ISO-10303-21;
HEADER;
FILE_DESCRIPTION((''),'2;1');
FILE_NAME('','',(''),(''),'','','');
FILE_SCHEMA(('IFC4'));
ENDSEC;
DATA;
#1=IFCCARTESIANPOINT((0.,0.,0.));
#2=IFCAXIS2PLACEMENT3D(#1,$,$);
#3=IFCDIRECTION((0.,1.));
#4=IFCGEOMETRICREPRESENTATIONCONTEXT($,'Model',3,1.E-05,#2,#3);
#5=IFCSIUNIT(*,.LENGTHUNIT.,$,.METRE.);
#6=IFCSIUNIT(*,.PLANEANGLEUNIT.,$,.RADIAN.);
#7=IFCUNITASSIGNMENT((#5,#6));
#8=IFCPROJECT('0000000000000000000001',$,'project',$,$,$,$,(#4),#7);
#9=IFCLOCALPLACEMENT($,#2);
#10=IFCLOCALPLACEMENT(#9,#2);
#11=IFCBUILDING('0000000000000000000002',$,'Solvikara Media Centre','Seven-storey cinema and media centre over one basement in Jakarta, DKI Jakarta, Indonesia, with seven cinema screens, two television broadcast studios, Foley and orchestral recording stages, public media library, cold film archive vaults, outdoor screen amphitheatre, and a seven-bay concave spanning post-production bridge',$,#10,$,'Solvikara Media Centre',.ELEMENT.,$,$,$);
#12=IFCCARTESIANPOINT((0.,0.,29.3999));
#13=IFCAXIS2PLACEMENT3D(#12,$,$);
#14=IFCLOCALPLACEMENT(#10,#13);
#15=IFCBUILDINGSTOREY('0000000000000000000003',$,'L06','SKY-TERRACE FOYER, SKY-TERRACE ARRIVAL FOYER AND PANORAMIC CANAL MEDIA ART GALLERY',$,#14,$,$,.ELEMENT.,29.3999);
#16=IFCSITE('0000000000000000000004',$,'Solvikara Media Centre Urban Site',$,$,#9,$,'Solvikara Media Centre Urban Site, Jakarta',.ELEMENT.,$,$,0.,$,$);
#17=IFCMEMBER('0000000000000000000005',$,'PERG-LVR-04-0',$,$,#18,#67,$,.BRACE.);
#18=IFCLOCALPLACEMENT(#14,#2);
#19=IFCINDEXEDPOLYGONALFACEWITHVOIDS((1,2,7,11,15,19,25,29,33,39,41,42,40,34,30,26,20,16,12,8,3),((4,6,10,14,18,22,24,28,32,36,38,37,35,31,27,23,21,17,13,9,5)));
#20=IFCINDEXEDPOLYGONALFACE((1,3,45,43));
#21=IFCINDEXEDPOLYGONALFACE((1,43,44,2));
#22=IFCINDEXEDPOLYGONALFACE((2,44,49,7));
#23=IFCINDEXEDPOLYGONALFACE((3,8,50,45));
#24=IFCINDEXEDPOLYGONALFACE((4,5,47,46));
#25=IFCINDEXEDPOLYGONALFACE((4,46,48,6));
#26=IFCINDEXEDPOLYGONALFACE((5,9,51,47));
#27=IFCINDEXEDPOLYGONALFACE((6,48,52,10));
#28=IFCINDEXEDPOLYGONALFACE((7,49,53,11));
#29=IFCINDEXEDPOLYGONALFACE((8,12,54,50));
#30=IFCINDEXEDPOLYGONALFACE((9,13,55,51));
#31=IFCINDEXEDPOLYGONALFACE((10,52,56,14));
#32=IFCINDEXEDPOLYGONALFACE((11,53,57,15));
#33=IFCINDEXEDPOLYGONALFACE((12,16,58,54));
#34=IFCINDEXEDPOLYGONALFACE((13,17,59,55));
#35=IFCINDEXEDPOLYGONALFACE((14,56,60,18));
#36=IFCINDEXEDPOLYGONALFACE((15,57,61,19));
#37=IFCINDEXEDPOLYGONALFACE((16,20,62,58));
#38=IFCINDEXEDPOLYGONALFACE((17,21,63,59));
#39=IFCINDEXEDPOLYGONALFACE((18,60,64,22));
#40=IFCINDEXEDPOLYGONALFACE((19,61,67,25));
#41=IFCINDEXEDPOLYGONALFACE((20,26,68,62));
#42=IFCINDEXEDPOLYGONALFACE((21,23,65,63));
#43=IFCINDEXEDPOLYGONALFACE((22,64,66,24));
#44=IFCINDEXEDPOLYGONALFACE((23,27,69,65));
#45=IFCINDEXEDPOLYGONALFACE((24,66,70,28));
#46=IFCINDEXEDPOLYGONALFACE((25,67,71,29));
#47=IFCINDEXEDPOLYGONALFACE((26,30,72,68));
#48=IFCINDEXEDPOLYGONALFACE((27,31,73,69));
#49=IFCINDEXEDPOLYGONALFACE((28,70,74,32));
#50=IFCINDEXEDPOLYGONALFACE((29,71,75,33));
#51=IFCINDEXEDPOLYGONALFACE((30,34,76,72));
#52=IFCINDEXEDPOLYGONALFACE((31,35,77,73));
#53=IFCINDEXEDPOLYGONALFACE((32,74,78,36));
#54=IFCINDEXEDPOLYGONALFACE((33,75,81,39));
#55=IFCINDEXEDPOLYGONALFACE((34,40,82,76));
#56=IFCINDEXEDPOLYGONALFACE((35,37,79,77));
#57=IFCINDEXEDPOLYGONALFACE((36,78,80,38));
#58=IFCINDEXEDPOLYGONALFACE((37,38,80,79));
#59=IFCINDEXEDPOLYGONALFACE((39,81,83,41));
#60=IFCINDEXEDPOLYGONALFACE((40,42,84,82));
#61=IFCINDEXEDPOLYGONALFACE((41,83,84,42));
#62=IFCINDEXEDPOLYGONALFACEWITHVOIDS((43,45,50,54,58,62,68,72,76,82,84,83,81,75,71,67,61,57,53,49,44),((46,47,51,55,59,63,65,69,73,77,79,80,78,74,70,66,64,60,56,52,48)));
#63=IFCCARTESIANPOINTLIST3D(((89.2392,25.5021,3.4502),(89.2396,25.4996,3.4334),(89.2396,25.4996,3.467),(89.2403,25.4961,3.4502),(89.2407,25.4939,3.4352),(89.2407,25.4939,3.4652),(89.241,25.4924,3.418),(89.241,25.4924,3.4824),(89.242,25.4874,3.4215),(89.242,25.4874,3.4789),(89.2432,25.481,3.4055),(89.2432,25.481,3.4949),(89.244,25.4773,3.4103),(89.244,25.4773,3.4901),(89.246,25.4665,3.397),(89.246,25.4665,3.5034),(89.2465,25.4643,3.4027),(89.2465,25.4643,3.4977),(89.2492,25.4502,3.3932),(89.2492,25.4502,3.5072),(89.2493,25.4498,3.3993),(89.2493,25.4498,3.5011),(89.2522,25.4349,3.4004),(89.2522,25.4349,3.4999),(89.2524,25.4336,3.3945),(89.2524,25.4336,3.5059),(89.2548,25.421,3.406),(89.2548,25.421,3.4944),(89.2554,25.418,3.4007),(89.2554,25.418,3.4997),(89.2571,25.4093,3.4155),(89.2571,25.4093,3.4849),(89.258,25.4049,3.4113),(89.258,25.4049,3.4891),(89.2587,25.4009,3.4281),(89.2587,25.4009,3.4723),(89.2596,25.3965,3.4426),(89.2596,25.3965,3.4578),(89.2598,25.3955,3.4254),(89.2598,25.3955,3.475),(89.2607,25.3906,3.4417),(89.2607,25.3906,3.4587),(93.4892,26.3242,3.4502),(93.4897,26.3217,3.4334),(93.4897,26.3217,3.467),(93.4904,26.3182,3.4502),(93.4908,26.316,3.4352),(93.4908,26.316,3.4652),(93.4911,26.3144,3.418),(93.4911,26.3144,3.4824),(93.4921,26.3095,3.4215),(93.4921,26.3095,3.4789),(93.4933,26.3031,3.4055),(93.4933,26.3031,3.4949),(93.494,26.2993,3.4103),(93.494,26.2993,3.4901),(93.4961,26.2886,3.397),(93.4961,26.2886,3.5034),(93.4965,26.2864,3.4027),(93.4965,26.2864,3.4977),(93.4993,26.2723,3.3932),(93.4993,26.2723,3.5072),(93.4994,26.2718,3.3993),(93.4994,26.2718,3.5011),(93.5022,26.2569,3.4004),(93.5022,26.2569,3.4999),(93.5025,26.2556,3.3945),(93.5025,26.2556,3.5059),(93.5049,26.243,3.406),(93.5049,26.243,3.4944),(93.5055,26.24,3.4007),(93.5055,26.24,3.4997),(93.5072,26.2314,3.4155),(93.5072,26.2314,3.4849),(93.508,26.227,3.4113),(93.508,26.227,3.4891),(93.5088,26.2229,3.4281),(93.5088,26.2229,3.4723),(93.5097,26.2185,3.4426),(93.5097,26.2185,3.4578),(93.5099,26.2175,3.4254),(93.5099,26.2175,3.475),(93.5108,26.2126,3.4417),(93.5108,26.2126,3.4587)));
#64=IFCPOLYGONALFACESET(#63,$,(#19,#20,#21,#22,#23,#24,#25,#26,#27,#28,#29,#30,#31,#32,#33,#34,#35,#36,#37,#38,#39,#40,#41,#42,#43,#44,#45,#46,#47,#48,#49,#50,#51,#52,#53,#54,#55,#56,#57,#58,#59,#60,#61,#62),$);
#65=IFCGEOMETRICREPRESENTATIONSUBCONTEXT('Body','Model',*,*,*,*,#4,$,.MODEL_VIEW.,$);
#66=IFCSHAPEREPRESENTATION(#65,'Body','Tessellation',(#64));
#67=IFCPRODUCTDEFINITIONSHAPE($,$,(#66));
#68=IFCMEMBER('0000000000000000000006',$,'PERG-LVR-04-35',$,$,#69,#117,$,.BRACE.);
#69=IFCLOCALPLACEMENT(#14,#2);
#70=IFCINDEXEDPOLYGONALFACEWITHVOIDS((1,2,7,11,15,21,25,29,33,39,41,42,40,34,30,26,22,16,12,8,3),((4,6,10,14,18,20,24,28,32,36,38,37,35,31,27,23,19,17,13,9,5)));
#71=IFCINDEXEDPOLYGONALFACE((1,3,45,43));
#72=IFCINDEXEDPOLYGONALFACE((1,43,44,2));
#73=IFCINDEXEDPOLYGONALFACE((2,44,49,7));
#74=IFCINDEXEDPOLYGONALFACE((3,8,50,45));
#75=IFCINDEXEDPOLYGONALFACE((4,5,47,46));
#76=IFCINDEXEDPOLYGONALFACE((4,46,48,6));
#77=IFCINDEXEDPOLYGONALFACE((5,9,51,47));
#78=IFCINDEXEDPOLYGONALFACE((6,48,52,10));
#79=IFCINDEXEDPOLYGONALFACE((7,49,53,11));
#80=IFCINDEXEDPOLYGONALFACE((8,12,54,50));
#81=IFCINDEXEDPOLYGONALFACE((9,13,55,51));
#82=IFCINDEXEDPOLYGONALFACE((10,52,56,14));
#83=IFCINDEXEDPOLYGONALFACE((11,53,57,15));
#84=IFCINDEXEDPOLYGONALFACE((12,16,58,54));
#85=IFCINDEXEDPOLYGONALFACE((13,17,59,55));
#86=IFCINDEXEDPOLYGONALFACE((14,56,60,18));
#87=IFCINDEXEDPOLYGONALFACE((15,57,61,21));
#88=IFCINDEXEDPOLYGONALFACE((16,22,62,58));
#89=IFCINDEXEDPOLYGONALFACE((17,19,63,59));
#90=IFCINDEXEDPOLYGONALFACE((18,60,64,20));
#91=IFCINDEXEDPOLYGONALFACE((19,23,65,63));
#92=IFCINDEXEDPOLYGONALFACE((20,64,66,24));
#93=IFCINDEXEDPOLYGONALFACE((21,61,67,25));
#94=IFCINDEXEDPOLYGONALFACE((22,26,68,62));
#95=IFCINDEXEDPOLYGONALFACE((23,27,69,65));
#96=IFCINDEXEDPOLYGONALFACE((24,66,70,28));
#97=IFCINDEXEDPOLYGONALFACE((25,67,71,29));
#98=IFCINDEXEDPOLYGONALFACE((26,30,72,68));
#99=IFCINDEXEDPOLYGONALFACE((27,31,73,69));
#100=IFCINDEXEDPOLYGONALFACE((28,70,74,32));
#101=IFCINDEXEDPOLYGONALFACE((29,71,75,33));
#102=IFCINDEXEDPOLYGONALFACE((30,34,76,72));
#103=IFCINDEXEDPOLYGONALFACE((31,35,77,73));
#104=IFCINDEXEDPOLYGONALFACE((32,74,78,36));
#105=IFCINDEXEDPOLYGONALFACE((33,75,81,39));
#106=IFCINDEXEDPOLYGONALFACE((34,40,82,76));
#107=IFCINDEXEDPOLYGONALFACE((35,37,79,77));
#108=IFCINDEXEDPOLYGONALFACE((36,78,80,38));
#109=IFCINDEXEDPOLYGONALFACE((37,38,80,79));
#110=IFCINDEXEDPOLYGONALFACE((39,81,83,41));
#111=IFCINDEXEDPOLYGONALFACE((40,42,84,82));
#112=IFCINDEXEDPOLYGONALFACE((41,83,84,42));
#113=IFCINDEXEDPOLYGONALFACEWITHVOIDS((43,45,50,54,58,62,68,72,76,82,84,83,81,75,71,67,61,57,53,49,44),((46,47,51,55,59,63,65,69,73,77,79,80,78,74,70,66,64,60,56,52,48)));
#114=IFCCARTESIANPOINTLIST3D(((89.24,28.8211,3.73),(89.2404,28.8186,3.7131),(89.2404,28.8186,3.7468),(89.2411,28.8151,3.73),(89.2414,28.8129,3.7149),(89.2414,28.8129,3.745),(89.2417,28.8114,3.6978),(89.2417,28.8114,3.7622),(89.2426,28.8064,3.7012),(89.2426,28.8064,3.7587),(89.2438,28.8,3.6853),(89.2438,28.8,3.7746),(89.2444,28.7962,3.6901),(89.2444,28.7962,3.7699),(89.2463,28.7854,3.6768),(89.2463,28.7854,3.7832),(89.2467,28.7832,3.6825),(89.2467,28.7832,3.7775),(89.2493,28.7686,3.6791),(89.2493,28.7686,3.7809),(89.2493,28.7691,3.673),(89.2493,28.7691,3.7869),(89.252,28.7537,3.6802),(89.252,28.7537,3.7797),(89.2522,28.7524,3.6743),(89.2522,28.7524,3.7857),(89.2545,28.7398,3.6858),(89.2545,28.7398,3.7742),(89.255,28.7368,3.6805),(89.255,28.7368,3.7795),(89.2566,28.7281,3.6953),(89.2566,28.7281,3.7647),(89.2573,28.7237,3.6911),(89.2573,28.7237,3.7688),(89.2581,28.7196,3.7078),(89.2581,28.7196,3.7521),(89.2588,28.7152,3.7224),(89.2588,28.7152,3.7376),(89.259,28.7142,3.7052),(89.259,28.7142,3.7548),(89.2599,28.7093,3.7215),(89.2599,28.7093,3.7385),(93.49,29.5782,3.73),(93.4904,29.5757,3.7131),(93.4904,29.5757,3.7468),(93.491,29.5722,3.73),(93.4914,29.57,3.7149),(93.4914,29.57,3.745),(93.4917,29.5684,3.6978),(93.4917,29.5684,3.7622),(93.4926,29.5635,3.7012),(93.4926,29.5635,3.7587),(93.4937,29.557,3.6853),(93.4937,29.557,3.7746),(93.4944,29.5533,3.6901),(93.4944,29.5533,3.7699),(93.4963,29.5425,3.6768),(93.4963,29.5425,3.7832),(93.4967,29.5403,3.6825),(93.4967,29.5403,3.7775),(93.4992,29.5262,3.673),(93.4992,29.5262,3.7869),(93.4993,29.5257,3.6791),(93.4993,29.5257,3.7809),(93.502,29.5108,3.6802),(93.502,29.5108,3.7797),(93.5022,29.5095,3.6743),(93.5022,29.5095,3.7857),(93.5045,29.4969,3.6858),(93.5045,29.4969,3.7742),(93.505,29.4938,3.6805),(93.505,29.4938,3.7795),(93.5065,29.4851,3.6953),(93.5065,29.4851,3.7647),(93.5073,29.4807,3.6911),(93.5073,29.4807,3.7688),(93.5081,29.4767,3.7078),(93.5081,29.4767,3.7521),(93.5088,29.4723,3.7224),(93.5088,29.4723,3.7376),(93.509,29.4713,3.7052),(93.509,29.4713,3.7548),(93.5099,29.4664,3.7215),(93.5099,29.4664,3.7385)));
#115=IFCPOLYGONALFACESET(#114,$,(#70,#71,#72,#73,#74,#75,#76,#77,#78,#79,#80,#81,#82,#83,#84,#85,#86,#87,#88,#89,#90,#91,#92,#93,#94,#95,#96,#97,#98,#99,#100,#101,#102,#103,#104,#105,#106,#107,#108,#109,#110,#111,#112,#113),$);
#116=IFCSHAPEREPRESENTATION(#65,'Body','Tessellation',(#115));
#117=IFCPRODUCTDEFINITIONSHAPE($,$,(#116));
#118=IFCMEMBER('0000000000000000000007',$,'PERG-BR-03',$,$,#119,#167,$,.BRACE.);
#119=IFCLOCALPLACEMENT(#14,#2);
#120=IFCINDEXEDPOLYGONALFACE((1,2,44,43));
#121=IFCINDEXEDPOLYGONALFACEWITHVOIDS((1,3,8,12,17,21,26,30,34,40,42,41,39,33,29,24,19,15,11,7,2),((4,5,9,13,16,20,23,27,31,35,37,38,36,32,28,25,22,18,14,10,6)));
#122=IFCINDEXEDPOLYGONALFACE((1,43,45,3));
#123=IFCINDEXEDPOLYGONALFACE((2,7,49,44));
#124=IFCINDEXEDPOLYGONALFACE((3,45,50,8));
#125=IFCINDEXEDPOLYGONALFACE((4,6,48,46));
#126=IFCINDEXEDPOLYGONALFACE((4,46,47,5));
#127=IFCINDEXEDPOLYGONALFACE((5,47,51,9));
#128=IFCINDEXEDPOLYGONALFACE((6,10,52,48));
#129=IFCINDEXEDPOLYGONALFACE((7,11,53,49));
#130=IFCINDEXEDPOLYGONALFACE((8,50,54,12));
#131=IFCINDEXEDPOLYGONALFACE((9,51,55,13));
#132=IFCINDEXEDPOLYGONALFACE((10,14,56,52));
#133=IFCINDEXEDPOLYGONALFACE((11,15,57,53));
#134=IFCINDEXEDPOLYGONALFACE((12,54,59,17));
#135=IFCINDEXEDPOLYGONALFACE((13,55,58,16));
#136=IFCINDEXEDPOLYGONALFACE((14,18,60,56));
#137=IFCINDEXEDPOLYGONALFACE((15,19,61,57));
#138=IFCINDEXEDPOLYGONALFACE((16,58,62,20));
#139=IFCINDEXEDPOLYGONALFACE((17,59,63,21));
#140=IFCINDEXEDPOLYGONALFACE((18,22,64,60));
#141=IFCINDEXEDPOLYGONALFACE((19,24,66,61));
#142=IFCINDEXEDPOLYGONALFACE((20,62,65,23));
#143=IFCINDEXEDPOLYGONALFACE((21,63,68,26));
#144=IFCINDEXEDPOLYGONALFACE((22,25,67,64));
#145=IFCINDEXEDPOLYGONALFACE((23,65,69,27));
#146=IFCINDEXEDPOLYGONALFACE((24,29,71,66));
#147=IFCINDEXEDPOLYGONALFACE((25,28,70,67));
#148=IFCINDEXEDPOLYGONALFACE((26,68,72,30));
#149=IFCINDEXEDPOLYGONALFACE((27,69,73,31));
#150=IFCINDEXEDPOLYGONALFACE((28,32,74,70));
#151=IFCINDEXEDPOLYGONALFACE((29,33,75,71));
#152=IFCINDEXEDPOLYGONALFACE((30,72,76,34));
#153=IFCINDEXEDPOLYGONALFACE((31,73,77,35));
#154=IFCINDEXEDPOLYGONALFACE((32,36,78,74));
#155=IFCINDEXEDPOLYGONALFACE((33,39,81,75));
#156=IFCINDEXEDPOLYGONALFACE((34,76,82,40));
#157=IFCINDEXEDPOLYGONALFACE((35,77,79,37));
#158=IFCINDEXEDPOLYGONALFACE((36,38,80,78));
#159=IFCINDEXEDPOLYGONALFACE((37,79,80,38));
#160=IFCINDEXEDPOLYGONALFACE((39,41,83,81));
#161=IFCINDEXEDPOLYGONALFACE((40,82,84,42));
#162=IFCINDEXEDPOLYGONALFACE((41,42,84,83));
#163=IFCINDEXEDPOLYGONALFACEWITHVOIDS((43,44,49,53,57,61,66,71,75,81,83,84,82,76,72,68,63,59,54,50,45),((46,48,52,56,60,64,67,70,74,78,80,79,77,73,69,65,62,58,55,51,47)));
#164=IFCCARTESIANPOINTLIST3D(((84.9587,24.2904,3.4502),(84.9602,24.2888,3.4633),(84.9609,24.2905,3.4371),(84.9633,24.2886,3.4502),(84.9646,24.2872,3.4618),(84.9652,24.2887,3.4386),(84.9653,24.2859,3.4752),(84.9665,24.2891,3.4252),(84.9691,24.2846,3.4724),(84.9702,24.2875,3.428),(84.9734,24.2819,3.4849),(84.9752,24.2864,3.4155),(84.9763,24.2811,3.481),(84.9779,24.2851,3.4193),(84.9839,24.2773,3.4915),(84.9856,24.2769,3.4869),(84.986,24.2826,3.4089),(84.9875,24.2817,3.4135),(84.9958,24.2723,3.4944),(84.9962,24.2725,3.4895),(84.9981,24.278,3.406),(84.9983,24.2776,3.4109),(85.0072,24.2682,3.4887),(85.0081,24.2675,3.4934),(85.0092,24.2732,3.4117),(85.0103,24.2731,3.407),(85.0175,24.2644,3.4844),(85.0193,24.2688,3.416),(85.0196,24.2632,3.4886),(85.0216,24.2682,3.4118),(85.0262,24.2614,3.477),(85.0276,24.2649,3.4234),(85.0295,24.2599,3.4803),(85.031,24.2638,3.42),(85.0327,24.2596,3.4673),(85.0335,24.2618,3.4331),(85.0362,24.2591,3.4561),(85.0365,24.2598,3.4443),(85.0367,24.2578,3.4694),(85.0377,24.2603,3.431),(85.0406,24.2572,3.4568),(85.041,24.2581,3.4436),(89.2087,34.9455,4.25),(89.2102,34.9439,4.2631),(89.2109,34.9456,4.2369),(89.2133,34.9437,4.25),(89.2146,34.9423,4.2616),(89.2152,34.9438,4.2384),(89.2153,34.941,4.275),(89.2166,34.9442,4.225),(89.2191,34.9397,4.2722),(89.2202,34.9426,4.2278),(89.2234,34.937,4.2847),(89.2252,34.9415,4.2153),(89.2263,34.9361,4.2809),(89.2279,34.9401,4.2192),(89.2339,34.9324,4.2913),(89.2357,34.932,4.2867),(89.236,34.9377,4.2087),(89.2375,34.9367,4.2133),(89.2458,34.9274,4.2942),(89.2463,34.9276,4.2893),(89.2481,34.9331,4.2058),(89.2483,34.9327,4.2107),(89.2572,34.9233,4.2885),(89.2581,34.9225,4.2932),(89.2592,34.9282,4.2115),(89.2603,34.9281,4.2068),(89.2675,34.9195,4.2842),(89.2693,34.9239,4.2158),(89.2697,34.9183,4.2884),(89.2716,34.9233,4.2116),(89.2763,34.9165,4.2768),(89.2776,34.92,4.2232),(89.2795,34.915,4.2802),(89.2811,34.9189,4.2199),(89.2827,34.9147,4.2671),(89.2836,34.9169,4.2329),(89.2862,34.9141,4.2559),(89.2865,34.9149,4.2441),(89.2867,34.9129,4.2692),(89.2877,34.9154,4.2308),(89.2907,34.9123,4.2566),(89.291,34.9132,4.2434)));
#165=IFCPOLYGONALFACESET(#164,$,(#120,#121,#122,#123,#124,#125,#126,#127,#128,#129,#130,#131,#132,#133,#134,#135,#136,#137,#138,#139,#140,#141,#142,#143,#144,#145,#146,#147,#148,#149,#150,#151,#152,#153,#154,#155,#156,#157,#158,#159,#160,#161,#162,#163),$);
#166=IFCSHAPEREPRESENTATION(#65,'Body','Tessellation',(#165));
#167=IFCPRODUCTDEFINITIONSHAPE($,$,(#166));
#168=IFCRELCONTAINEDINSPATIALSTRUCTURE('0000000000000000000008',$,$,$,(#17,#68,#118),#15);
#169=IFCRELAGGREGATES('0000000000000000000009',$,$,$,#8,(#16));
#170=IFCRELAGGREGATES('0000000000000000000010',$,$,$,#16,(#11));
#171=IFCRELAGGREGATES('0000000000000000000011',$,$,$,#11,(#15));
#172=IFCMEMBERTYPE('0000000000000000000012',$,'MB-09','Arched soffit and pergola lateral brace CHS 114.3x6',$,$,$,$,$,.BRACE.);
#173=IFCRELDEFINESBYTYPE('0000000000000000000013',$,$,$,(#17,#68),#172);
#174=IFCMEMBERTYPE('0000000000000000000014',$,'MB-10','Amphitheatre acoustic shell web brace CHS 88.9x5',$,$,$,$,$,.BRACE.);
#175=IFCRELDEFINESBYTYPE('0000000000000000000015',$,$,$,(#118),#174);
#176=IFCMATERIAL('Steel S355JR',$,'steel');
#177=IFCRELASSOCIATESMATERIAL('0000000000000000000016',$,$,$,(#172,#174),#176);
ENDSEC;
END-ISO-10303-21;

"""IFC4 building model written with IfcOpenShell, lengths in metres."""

from ifc_helpers import new_model, si_unit, direction, frame, origin, origin_2d, place, context, subcontext, project, spatial, hollow_circle, extrude, material, material_profile, profile_set, type_object, element, save


model = new_model("IFC4")

# Units and contexts
model_context = context("Model", 3, precision=1e-05, world=origin(), true_north=direction((0.0, 1.0)))
body_context = subcontext(model_context, "Body", "Model", "MODEL_VIEW")
ifc_project = project(units=[si_unit("LENGTHUNIT", "METRE"), si_unit("PLANEANGLEUNIT", "RADIAN")], contexts=[model_context])

# Site, building, storey
site_placement = place(None, origin())
site = spatial("IfcSite", under=ifc_project, at=site_placement, Name="Solvikara Media Centre Urban Site", LongName="Solvikara Media Centre Urban Site, Jakarta", CompositionType="ELEMENT", RefElevation=0.0)
building_placement = place(site_placement, origin())
building = spatial("IfcBuilding", under=site, at=building_placement, Name="Solvikara Media Centre", Description="Seven-storey cinema and media centre over one basement in Jakarta, DKI Jakarta, Indonesia, with seven cinema screens, two television broadcast studios, Foley and orchestral recording stages, public media library, cold film archive vaults, outdoor screen amphitheatre, and a seven-bay concave spanning post-production bridge", LongName="Solvikara Media Centre", CompositionType="ELEMENT")
storey_placement = place(building_placement, frame((0.0, 0.0, 29.3999)))
storey = spatial("IfcBuildingStorey", under=building, at=storey_placement, Name="L06", Description="SKY-TERRACE FOYER, SKY-TERRACE ARRIVAL FOYER AND PANORAMIC CANAL MEDIA ART GALLERY", CompositionType="ELEMENT", Elevation=29.3999)

# Shared definitions
ifc_material_1 = material(Name="Steel S355JR", Category="steel")

# Members
ifc_material_profile_1 = material_profile(ifc_material_1, hollow_circle(Radius=0.0571, WallThickness=0.0061, at=origin_2d()), Name="CHS 114.3x6")
ifc_profile_set_1 = profile_set([ifc_material_profile_1], Name="Steel S355JR")
member_type_1 = type_object("IfcMemberType", Name="MB-09", Description="Arched soffit and pergola lateral brace CHS 114.3x6", PredefinedType="BRACE", material=ifc_profile_set_1)
member_1_placement = place(storey_placement, frame((89.25, 25.446, 3.4502), z_axis=(0.981804, 0.189897, 0.0), x_axis=(-0.189897, 0.981804, 0.0)))
element("IfcMember", 1, at=member_1_placement, inside=storey, type_object=member_type_1, Name="PERG-LVR-04-0", PredefinedType="BRACE", context=body_context, shape_type="SweptSolid", body=[
    extrude(hollow_circle(Radius=0.0571, WallThickness=0.0061, at=origin_2d()), origin(), (0.0, 0.0, 1.0), 4.3289),
])
member_2_placement = place(storey_placement, frame((89.25, 28.7649, 3.73), z_axis=(0.984502, 0.175376, 0.0), x_axis=(-0.175376, 0.984502, 0.0)))
element("IfcMember", 2, at=member_2_placement, inside=storey, type_object=member_type_1, Name="PERG-LVR-04-35", PredefinedType="BRACE", context=body_context, shape_type="SweptSolid", body=[
    extrude(hollow_circle(Radius=0.0571, WallThickness=0.0061, at=origin_2d()), origin(), (0.0, 0.0, 1.0), 4.3169),
])
ifc_material_profile_2 = material_profile(ifc_material_1, hollow_circle(Radius=0.0444, WallThickness=0.0049, at=origin_2d()), Name="CHS 88.9x5")
ifc_profile_set_2 = profile_set([ifc_material_profile_2], Name="Steel S355JR")
member_type_2 = type_object("IfcMemberType", Name="MB-10", Description="Amphitheatre acoustic shell web brace CHS 88.9x5", PredefinedType="BRACE", material=ifc_profile_set_2)
member_3_placement = place(storey_placement, frame((85.0, 24.2739, 3.4502), z_axis=(0.369591, 0.926588, 0.069553), x_axis=(-0.928837, 0.370488, 0.0)))
element("IfcMember", 3, at=member_3_placement, inside=storey, type_object=member_type_2, Name="PERG-BR-03", PredefinedType="BRACE", context=body_context, shape_type="SweptSolid", body=[
    extrude(hollow_circle(Radius=0.0444, WallThickness=0.0049, at=origin_2d()), origin(), (0.0, 0.0, 1.0), 11.4993),
])

save(model, "model.ifc")
